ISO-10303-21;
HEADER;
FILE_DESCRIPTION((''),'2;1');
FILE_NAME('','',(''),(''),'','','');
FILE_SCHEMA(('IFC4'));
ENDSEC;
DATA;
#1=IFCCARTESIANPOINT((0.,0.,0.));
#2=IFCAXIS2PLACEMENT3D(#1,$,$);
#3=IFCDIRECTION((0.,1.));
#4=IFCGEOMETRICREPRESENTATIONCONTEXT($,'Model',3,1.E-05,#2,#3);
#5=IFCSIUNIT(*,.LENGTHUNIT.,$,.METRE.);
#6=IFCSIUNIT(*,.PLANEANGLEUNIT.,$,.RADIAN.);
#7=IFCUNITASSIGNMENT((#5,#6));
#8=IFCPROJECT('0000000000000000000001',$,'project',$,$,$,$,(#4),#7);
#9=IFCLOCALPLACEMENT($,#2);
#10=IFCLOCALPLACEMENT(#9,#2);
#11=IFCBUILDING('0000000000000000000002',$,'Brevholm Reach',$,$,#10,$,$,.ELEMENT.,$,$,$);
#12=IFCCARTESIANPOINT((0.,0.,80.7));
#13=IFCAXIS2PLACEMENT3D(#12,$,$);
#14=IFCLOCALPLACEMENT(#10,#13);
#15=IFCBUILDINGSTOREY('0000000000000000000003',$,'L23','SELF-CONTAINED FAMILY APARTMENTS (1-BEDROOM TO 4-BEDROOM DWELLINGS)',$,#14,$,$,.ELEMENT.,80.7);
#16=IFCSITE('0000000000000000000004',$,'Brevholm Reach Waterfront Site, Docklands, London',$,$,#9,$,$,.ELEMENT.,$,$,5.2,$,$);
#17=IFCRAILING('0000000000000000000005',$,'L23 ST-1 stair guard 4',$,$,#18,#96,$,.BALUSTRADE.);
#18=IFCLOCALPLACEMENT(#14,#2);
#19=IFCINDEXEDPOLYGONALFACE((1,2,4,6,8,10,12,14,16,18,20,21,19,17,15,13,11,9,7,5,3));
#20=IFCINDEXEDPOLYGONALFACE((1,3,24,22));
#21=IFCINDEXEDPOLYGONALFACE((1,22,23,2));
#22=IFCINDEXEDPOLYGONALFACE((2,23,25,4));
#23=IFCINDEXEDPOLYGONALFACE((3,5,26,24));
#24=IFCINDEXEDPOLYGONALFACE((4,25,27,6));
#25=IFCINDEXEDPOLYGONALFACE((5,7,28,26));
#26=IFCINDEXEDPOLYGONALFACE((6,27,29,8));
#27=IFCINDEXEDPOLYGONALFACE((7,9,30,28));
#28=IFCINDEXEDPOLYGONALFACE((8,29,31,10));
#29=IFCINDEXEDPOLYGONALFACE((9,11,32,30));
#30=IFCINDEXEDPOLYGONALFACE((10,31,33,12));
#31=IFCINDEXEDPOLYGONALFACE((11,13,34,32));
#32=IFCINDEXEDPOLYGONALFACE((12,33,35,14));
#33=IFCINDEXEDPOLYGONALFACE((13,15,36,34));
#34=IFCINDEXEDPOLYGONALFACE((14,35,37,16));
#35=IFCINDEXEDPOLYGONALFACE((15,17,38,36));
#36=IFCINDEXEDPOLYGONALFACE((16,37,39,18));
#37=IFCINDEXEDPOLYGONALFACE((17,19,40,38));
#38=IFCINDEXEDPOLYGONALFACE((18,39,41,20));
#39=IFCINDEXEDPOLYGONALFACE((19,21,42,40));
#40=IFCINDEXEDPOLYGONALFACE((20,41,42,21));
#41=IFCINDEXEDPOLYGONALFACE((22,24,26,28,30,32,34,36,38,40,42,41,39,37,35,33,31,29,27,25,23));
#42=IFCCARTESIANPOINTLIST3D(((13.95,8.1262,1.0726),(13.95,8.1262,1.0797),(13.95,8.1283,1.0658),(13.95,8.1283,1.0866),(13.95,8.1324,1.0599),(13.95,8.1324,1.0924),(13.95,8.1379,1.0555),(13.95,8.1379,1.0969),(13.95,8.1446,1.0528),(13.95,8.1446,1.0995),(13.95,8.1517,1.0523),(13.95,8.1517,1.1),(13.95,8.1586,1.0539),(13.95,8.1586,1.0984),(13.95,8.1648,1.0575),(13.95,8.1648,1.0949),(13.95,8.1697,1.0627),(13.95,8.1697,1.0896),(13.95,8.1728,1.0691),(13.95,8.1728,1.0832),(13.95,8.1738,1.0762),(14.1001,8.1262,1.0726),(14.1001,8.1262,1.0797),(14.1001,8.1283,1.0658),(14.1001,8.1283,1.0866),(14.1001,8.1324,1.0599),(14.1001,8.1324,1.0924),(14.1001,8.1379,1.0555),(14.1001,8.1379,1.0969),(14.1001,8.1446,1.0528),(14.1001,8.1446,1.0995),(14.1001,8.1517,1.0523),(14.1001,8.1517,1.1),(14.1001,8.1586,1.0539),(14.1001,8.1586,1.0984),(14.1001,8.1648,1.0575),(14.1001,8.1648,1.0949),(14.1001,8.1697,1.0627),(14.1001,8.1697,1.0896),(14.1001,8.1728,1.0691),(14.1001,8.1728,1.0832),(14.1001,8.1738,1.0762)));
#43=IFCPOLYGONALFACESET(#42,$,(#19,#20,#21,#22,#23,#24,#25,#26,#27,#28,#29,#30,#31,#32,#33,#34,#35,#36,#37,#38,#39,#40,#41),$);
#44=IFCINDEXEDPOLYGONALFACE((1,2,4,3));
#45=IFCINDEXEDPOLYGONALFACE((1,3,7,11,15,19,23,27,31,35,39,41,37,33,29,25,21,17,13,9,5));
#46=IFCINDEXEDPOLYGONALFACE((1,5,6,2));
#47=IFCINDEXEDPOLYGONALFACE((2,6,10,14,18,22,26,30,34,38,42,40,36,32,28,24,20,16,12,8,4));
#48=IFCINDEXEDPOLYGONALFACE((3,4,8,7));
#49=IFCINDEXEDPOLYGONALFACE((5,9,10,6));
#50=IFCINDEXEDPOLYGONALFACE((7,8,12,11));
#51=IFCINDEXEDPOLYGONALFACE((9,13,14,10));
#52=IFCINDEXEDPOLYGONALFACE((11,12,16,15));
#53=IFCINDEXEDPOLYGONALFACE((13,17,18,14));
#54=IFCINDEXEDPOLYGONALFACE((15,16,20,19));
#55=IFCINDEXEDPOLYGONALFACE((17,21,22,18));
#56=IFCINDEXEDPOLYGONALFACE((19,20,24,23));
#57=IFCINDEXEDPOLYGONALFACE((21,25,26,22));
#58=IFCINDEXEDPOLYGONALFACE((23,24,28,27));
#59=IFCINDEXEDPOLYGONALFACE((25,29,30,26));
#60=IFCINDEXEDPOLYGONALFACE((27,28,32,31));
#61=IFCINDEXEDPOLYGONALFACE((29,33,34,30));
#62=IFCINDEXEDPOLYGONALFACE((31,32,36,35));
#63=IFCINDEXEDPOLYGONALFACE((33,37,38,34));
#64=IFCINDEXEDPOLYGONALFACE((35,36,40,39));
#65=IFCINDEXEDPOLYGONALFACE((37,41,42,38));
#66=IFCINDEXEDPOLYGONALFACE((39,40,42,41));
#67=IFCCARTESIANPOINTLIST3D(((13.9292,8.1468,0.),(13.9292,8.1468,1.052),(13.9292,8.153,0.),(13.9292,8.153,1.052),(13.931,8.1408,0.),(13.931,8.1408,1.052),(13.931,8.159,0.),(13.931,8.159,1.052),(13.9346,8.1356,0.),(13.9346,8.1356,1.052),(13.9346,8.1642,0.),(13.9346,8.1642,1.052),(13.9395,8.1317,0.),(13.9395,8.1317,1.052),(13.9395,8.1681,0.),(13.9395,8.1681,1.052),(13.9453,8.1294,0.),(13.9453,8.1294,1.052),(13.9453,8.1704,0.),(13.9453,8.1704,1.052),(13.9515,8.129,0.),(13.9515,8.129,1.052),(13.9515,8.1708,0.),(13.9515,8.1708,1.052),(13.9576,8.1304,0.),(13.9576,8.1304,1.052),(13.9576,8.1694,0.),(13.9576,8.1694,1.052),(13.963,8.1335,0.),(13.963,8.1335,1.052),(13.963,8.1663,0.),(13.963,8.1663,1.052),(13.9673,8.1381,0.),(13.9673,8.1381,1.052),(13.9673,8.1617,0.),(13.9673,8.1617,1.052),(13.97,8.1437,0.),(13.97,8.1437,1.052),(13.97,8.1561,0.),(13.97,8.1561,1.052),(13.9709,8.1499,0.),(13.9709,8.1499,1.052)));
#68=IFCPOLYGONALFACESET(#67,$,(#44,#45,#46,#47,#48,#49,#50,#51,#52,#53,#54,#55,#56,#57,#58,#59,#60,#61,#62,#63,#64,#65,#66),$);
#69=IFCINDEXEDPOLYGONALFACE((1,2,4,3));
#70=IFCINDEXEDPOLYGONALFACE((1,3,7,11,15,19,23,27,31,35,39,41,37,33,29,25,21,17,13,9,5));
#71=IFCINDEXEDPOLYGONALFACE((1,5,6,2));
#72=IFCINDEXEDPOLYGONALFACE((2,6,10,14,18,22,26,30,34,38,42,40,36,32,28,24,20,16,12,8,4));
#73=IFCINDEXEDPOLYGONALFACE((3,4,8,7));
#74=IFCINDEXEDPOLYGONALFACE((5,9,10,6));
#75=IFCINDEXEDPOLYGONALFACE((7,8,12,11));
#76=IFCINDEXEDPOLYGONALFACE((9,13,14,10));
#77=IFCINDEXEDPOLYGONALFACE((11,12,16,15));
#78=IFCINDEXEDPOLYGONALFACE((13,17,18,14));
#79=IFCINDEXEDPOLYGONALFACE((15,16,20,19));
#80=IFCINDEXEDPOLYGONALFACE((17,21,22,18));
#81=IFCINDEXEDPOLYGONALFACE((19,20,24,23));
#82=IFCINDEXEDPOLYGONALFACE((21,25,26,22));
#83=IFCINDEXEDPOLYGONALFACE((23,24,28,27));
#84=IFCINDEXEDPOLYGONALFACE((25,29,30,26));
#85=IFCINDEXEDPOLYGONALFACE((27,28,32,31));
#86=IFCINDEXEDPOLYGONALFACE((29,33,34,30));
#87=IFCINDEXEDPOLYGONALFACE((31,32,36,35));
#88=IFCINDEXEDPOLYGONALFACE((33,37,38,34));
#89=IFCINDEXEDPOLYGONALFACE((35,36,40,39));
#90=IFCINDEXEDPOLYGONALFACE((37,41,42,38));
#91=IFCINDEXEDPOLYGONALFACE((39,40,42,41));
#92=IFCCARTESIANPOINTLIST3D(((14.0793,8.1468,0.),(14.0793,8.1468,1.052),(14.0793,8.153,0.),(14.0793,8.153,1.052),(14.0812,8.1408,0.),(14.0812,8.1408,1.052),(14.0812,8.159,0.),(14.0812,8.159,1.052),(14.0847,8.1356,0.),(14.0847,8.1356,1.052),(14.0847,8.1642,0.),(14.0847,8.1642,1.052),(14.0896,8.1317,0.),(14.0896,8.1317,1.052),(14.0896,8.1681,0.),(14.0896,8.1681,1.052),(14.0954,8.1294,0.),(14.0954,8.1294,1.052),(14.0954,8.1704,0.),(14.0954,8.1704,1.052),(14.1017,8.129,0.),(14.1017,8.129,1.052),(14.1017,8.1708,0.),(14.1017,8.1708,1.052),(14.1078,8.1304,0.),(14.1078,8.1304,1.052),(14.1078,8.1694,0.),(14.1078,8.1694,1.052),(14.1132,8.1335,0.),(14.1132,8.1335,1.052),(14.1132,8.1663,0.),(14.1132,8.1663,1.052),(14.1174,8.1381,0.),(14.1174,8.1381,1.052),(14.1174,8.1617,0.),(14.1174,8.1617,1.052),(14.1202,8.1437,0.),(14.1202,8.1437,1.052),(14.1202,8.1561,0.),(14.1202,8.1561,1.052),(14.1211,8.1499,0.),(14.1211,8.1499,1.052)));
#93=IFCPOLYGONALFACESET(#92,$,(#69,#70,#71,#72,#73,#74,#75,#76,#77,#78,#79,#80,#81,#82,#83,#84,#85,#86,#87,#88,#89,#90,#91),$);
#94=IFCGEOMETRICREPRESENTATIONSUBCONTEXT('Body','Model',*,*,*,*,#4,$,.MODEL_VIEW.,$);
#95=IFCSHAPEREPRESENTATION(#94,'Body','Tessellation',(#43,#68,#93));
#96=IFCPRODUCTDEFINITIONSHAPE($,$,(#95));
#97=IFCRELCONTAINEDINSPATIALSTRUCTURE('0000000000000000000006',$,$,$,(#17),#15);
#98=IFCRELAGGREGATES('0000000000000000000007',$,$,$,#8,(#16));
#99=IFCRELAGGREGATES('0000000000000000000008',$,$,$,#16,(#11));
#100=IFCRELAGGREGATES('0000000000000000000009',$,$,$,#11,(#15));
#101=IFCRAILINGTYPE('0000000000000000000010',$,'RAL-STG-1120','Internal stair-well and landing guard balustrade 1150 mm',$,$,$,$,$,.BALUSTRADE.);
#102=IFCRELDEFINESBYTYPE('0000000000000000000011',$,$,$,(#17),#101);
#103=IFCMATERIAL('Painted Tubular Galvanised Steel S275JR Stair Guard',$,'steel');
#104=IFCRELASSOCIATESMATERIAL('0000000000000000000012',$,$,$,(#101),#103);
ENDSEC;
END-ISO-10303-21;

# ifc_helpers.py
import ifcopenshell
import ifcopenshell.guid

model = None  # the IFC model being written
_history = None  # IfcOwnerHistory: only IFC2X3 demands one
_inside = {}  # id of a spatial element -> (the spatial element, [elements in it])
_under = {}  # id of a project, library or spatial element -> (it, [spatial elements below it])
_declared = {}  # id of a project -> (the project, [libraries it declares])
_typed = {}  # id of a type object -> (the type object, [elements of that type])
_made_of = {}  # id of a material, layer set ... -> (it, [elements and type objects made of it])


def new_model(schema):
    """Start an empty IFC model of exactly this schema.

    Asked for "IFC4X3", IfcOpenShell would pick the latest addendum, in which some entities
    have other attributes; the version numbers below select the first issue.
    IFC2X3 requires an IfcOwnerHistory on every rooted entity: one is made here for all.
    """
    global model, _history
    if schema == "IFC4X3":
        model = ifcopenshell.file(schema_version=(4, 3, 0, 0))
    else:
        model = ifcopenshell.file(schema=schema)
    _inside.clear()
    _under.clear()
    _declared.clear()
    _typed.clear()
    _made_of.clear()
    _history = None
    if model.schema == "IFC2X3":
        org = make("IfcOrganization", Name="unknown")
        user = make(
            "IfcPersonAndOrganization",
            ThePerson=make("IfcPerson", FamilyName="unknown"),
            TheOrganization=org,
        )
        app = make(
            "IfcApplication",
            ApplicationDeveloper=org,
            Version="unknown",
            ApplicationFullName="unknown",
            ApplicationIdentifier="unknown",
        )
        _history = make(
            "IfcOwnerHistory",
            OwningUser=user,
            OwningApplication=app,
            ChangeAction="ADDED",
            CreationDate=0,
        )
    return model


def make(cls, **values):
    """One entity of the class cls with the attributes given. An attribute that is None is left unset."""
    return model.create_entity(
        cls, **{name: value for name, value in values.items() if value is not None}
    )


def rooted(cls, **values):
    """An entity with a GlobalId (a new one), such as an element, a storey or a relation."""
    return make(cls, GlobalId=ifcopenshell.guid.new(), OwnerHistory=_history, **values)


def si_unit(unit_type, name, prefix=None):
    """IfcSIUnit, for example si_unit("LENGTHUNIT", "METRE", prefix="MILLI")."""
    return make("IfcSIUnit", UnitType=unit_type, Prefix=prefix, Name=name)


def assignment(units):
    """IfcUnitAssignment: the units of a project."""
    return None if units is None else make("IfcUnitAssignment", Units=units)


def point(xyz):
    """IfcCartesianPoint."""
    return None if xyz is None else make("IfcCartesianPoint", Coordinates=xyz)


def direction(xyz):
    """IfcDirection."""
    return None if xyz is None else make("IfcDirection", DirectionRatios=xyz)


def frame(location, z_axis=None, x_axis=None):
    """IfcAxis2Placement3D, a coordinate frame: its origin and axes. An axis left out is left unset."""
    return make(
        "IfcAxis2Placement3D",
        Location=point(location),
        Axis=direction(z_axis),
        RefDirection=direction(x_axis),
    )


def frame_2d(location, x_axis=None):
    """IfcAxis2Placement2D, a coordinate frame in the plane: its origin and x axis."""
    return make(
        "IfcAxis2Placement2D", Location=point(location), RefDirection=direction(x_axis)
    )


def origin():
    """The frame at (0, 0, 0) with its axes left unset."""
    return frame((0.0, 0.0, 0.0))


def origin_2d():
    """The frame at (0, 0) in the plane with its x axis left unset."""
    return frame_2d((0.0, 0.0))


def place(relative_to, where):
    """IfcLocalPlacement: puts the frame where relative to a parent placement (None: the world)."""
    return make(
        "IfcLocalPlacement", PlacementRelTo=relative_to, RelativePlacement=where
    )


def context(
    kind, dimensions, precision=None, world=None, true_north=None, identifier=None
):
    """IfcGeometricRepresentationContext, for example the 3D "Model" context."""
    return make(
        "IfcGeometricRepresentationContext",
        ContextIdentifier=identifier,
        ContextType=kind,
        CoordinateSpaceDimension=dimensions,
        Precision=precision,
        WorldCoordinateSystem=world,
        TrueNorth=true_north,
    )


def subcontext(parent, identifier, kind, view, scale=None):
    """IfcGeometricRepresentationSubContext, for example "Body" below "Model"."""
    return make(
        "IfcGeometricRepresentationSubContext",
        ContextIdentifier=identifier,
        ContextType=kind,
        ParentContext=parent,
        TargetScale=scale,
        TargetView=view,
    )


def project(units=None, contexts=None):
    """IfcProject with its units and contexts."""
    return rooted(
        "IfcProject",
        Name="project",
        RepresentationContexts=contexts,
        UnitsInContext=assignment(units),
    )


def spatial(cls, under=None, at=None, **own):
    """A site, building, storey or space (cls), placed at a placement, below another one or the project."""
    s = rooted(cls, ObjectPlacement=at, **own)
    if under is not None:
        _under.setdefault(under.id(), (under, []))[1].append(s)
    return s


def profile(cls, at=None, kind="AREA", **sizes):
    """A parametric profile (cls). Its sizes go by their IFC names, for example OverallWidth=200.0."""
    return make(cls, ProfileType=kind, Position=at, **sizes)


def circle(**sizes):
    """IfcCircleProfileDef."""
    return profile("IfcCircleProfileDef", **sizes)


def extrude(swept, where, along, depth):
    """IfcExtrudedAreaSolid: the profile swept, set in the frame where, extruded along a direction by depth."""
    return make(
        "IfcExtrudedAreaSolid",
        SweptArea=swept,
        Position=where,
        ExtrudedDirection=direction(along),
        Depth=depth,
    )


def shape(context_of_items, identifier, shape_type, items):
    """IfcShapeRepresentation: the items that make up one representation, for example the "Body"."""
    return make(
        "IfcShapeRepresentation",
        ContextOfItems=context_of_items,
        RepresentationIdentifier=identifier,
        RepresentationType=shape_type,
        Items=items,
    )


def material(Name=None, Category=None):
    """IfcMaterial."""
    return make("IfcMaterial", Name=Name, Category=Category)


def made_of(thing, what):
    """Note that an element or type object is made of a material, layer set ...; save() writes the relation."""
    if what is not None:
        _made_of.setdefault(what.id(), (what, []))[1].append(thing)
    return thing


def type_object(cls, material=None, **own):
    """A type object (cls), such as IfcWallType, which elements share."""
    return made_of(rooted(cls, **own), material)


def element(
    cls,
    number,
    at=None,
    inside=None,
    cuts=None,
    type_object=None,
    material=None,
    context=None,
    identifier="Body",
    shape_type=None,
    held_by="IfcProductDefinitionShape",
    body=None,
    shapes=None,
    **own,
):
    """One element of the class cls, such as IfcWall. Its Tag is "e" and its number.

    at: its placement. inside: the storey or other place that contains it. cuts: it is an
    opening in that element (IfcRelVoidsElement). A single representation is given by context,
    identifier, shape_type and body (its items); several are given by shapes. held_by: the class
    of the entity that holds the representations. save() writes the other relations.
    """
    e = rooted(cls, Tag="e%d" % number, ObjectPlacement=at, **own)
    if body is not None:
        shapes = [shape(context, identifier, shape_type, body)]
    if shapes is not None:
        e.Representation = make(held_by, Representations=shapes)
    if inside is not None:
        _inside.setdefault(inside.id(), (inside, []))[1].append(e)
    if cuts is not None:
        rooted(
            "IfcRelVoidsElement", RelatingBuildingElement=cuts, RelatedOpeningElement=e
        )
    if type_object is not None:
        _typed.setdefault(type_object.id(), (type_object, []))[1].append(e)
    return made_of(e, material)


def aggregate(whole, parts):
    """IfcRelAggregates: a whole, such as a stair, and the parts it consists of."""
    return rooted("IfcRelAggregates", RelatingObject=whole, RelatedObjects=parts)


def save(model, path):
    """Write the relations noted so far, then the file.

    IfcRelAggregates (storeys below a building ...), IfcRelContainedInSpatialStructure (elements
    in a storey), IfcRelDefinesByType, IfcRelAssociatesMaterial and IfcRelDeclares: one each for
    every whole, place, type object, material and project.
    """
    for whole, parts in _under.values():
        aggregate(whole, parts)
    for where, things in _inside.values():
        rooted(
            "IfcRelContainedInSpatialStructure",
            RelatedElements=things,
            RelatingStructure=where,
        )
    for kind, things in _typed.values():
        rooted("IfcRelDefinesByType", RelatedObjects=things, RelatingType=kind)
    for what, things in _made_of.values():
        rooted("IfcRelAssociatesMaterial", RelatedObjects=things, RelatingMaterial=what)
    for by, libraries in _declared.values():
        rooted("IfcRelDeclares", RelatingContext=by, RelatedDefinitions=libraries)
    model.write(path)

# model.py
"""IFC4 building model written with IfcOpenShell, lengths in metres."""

from ifc_helpers import new_model, si_unit, direction, frame, origin, origin_2d, place, context, subcontext, project, spatial, circle, extrude, material, type_object, element, save


model = new_model("IFC4")

# Units and contexts
model_context = context("Model", 3, precision=1e-05, world=origin(), true_north=direction((0.0, 1.0)))
body_context = subcontext(model_context, "Body", "Model", "MODEL_VIEW")
ifc_project = project(units=[si_unit("LENGTHUNIT", "METRE"), si_unit("PLANEANGLEUNIT", "RADIAN")], contexts=[model_context])

# Site, building, storey
site_placement = place(None, origin())
site = spatial("IfcSite", under=ifc_project, at=site_placement, Name="Brevholm Reach Waterfront Site, Docklands, London", CompositionType="ELEMENT", RefElevation=5.2)
building_placement = place(site_placement, origin())
building = spatial("IfcBuilding", under=site, at=building_placement, Name="Brevholm Reach", CompositionType="ELEMENT")
storey_placement = place(building_placement, frame((0.0, 0.0, 80.7)))
storey = spatial("IfcBuildingStorey", under=building, at=storey_placement, Name="L23", Description="SELF-CONTAINED FAMILY APARTMENTS (1-BEDROOM TO 4-BEDROOM DWELLINGS)", CompositionType="ELEMENT", Elevation=80.7)

# Railing
ifc_material_1 = material(Name="Painted Tubular Galvanised Steel S275JR Stair Guard", Category="steel")
railing_type = type_object("IfcRailingType", Name="RAL-STG-1120", Description="Internal stair-well and landing guard balustrade 1150 mm", PredefinedType="BALUSTRADE", material=ifc_material_1)
railing_1_placement = place(storey_placement, frame((13.95, 8.1499, 0.0)))
element("IfcRailing", 1, at=railing_1_placement, inside=storey, type_object=railing_type, Name="L23 ST-1 stair guard 4", PredefinedType="BALUSTRADE", context=body_context, shape_type="SweptSolid", body=[
    extrude(circle(Radius=0.0239, at=origin_2d()), frame((0.0, 0.0, 1.0762), z_axis=(1.0, 0.0, 0.0), x_axis=(0.0, 1.0, 0.0)), (0.0, 0.0, 1.0), 0.1501),
    extrude(circle(Radius=0.021, at=origin_2d()), origin(), (0.0, 0.0, 1.0), 1.052),
    extrude(circle(Radius=0.021, at=origin_2d()), frame((0.1501, 0.0, 0.0)), (0.0, 0.0, 1.0), 1.052),
])

save(model, "model.ifc")
